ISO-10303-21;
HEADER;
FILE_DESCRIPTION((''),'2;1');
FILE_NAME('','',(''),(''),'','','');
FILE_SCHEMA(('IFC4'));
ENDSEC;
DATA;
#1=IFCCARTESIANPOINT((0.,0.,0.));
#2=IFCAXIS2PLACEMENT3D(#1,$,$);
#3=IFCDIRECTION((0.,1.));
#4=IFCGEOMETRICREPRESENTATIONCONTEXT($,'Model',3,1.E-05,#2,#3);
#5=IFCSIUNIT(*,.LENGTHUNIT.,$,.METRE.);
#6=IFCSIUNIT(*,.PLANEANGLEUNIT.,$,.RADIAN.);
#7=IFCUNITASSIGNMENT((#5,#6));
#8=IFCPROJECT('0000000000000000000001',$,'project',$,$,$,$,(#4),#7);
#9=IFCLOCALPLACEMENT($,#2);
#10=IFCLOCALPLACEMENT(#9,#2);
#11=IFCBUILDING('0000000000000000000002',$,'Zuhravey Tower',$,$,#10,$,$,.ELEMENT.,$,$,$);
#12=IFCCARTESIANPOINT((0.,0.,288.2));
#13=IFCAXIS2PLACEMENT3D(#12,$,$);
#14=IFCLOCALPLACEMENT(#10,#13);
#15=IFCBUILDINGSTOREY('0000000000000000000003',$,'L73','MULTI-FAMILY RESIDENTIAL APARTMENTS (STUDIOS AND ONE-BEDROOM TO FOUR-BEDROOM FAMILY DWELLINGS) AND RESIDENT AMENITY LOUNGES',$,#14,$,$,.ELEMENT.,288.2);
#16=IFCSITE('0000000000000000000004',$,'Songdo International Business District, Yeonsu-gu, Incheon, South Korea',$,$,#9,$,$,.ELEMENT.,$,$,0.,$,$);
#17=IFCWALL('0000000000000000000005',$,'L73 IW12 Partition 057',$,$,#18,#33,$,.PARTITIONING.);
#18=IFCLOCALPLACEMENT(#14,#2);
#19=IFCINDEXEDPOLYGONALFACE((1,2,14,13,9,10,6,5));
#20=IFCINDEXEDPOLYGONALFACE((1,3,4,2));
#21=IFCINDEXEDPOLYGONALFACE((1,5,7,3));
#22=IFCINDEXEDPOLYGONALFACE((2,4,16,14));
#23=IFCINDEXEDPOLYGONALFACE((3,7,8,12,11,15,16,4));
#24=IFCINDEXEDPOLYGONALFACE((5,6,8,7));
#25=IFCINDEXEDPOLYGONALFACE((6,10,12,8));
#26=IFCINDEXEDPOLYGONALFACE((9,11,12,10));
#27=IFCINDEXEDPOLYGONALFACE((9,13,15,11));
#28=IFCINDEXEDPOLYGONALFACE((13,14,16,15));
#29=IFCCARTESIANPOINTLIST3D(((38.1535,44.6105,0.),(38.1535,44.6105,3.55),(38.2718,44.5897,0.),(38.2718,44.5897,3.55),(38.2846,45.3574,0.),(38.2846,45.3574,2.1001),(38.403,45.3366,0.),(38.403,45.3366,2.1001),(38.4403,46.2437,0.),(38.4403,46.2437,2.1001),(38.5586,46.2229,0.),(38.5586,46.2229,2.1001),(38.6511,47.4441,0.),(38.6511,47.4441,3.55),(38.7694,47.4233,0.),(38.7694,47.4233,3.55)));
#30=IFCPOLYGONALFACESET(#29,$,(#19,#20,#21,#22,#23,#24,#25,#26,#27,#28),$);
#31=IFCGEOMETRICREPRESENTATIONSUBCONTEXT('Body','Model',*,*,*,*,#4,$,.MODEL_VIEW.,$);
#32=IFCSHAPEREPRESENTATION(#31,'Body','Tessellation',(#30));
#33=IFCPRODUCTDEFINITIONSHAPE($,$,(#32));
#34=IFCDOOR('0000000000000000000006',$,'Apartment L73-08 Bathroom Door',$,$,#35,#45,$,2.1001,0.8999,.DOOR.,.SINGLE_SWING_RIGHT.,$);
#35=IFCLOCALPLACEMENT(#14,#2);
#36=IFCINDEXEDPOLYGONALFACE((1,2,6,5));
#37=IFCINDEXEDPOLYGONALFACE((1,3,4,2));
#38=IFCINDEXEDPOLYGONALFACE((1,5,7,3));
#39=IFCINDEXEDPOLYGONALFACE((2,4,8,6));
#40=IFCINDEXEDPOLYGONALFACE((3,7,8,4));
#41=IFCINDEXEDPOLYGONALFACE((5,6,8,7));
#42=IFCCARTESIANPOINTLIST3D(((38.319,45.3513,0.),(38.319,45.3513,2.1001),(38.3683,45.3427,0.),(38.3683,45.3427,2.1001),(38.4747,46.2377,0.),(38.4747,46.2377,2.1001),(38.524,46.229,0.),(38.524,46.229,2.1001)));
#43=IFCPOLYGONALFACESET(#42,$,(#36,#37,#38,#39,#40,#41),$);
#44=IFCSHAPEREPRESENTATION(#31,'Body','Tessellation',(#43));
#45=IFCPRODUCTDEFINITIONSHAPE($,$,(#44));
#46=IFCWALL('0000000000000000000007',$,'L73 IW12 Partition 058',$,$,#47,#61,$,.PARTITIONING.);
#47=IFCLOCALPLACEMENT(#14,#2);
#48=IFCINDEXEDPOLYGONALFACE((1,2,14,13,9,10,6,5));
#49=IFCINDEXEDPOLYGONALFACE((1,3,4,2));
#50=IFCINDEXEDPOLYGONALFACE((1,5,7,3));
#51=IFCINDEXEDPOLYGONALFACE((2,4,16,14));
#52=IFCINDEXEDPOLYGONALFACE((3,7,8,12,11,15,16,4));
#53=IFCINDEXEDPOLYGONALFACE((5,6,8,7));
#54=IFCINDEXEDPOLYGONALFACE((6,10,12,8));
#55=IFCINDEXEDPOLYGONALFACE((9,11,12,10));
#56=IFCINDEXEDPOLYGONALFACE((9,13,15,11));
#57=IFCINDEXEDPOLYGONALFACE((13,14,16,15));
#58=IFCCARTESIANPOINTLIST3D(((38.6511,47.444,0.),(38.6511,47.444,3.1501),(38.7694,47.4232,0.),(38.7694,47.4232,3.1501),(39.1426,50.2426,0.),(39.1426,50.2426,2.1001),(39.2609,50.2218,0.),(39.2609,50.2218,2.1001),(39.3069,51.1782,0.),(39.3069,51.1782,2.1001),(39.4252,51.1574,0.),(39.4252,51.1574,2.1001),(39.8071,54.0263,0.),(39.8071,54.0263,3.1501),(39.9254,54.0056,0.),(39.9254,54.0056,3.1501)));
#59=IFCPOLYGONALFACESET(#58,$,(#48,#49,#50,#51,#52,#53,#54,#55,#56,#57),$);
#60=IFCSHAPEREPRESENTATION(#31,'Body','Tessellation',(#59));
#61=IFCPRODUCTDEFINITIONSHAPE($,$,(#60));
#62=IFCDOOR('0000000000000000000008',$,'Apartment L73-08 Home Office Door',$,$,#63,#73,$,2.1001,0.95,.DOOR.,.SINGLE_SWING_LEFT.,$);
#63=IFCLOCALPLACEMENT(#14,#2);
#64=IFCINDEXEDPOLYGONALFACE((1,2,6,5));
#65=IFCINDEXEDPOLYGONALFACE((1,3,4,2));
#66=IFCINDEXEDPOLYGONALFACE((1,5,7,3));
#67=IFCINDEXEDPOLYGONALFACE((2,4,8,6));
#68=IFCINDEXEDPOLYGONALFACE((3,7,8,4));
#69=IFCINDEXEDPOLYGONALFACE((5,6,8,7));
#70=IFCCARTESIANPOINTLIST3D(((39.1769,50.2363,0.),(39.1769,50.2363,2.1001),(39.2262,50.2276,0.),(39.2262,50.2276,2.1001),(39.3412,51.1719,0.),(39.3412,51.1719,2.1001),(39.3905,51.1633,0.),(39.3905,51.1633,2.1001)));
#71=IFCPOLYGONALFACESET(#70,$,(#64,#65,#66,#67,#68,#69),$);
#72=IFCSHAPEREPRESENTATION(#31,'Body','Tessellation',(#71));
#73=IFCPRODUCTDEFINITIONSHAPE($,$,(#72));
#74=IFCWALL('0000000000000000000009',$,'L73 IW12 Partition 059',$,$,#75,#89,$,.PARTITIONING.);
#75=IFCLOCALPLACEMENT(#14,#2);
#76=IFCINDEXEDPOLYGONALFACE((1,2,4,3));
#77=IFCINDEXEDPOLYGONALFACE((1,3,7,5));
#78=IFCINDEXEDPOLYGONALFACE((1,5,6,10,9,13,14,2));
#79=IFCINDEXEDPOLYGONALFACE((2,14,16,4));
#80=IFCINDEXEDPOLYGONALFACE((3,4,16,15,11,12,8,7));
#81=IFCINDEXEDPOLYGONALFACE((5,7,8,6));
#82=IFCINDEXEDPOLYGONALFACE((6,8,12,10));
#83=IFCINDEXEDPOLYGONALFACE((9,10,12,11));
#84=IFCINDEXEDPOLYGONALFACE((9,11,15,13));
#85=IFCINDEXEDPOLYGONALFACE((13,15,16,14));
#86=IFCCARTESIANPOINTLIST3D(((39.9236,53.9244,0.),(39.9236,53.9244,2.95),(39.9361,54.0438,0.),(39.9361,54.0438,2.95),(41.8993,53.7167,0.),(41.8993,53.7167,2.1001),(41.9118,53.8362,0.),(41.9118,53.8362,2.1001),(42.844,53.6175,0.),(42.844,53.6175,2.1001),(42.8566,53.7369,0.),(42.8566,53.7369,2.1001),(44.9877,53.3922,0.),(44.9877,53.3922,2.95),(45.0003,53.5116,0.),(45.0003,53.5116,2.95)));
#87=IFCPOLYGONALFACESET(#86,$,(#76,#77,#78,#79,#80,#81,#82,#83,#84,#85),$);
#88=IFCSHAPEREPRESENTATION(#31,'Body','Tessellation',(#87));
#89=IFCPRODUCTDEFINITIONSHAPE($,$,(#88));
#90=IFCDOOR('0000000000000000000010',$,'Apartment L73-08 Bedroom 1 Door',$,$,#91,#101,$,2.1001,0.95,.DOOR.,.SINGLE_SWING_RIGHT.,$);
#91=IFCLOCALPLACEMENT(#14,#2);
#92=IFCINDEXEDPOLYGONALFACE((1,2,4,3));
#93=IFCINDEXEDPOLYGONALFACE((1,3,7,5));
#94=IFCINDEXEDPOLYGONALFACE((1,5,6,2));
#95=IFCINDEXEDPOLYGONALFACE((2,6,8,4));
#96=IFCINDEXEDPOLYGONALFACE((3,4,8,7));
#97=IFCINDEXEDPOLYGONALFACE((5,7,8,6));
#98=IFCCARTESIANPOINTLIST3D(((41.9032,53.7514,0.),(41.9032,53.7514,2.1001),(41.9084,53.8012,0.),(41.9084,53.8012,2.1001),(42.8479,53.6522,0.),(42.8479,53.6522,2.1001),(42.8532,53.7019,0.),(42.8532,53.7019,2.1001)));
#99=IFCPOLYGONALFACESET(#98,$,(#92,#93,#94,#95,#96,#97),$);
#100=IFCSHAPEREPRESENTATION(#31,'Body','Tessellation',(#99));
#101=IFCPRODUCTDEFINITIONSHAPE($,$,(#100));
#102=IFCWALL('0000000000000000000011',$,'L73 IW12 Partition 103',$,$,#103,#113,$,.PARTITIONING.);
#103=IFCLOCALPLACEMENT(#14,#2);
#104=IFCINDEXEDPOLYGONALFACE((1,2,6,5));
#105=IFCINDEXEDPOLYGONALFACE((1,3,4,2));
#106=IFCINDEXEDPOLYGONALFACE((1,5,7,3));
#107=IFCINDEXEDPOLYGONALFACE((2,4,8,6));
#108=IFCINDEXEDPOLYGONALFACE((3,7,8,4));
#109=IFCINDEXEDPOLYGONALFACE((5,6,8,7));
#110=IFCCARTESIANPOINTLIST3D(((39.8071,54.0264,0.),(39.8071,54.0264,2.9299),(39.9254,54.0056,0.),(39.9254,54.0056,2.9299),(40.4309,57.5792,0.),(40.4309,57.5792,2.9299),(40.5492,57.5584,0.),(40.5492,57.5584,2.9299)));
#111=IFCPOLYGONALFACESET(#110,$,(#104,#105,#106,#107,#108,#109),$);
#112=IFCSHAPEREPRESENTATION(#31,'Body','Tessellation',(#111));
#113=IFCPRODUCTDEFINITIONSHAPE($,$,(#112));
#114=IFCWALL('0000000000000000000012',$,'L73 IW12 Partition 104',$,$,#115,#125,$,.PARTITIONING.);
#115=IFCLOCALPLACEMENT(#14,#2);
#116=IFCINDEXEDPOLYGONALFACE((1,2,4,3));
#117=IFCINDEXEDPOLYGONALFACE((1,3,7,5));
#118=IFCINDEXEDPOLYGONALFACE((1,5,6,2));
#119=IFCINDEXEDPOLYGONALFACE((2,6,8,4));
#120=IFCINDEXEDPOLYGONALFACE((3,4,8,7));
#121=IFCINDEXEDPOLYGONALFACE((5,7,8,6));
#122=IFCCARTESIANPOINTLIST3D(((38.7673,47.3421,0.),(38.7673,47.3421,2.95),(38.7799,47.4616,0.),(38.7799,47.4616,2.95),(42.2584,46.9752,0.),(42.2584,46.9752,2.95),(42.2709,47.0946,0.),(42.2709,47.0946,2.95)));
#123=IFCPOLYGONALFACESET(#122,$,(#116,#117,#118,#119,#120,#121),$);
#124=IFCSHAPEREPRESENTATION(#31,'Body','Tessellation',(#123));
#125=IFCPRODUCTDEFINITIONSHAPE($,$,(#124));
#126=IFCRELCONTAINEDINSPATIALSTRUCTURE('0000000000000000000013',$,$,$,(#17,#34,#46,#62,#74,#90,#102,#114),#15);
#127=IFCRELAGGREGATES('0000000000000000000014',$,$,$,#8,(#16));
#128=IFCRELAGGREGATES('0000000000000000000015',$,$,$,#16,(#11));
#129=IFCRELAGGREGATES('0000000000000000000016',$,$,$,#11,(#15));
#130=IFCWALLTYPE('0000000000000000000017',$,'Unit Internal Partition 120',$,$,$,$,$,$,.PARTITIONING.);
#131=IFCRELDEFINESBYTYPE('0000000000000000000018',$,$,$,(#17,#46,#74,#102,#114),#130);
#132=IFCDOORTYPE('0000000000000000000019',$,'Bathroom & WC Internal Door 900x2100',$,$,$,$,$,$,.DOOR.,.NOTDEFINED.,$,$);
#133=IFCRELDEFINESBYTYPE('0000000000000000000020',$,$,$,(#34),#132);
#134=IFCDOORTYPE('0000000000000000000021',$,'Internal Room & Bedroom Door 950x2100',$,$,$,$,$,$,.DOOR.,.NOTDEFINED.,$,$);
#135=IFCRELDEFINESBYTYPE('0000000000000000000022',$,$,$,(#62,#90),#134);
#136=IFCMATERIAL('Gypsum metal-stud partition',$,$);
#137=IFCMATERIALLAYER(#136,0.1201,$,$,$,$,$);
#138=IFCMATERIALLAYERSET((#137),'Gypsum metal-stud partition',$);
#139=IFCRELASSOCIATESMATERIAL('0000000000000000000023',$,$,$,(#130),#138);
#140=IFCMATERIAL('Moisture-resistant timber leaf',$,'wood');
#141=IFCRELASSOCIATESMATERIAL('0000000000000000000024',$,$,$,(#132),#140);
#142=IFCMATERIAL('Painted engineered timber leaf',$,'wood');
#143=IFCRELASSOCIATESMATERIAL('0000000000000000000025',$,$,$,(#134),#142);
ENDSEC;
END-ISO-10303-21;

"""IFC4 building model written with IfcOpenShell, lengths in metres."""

from ifc_helpers import new_model, si_unit, direction, frame, frame_2d, origin, place, context, subcontext, project, spatial, rectangle, extrude, material, layer, layer_set, type_object, element, fill, save


model = new_model("IFC4")

# Units and contexts
model_context = context("Model", 3, precision=1e-05, world=origin(), true_north=direction((0.0, 1.0)))
body_context = subcontext(model_context, "Body", "Model", "MODEL_VIEW")
ifc_project = project(units=[si_unit("LENGTHUNIT", "METRE"), si_unit("PLANEANGLEUNIT", "RADIAN")], contexts=[model_context])

# Site, building, storey
site_placement = place(None, origin())
site = spatial("IfcSite", under=ifc_project, at=site_placement, Name="Songdo International Business District, Yeonsu-gu, Incheon, South Korea", CompositionType="ELEMENT", RefElevation=0.0)
building_placement = place(site_placement, origin())
building = spatial("IfcBuilding", under=site, at=building_placement, Name="Zuhravey Tower", CompositionType="ELEMENT")
storey_placement = place(building_placement, frame((0.0, 0.0, 288.2)))
storey = spatial("IfcBuildingStorey", under=building, at=storey_placement, Name="L73", Description="MULTI-FAMILY RESIDENTIAL APARTMENTS (STUDIOS AND ONE-BEDROOM TO FOUR-BEDROOM FAMILY DWELLINGS) AND RESIDENT AMENITY LOUNGES", CompositionType="ELEMENT", Elevation=288.2)

# Walls, openings, doors
ifc_material_1 = material(Name="Gypsum metal-stud partition")
ifc_layer_1 = layer(ifc_material_1, 0.1201)
ifc_layer_set_1 = layer_set([ifc_layer_1], Name="Gypsum metal-stud partition")
wall_type_1 = type_object("IfcWallType", Name="Unit Internal Partition 120", PredefinedType="PARTITIONING", material=ifc_layer_set_1)
ifc_material_2 = material(Name="Moisture-resistant timber leaf", Category="wood")
door_type_1 = type_object("IfcDoorType", Name="Bathroom & WC Internal Door 900x2100", OperationType="NOTDEFINED", PredefinedType="DOOR", material=ifc_material_2)
wall_1_placement = place(storey_placement, frame((38.2126, 44.6001, 0.0), z_axis=(0.0, 0.0, 1.0), x_axis=(0.172953, 0.98493, 0.0)))
wall_1 = element("IfcWall", 1, at=wall_1_placement, inside=storey, type_object=wall_type_1, Name="L73 IW12 Partition 057", PredefinedType="PARTITIONING", context=body_context, shape_type="SweptSolid", body=[
    extrude(rectangle(XDim=2.877, YDim=0.1201, at=frame_2d((1.4385, 0.0))), origin(), (0.0, 0.0, 1.0), 3.55),
])
opening_1_placement = place(wall_1_placement, frame((0.7583, 0.0, 0.0)))
opening_1 = element("IfcOpeningElement", 2, at=opening_1_placement, cuts=wall_1, PredefinedType="OPENING", context=body_context, shape_type="SweptSolid", body=[
    extrude(rectangle(XDim=0.8999, YDim=2.1001, at=frame_2d((0.45, 1.05))), frame((0.0, 0.072, 0.0), z_axis=(0.0, -1.0, 0.0), x_axis=(1.0, 0.0, 0.0)), (0.0, 0.0, 1.0), 0.144),
])
door_1_placement = place(opening_1_placement, frame((0.8999, 0.0, 0.0), z_axis=(0.0, 0.0, 1.0), x_axis=(-1.0, 0.0, 0.0)))
door_1 = element("IfcDoor", 3, at=door_1_placement, inside=storey, type_object=door_type_1, Name="Apartment L73-08 Bathroom Door", OperationType="SINGLE_SWING_RIGHT", OverallHeight=2.1001, OverallWidth=0.8999, PredefinedType="DOOR", context=body_context, shape_type="SweptSolid", body=[
    extrude(rectangle(XDim=0.8999, YDim=2.1001, at=frame_2d((0.45, 1.05))), frame((0.0, 0.0249, 0.0), z_axis=(0.0, -1.0, 0.0), x_axis=(1.0, 0.0, 0.0)), (0.0, 0.0, 1.0), 0.05),
])
fill(opening_1, door_1)
wall_2_placement = place(storey_placement, frame((38.7102, 47.4336, 0.0), z_axis=(0.0, 0.0, 1.0), x_axis=(0.172977, 0.984926, 0.0)))
wall_2 = element("IfcWall", 4, at=wall_2_placement, inside=storey, type_object=wall_type_1, Name="L73 IW12 Partition 058", PredefinedType="PARTITIONING", context=body_context, shape_type="SweptSolid", body=[
    extrude(rectangle(XDim=6.6831, YDim=0.1201, at=frame_2d((3.3416, 0.0))), origin(), (0.0, 0.0, 1.0), 3.1501),
])
opening_2_placement = place(wall_2_placement, frame((2.8413, 0.0, 0.0)))
opening_2 = element("IfcOpeningElement", 5, at=opening_2_placement, cuts=wall_2, PredefinedType="OPENING", context=body_context, shape_type="SweptSolid", body=[
    extrude(rectangle(XDim=0.95, YDim=2.1001, at=frame_2d((0.4751, 1.05))), frame((0.0, 0.072, 0.0), z_axis=(0.0, -1.0, 0.0), x_axis=(1.0, 0.0, 0.0)), (0.0, 0.0, 1.0), 0.144),
])
ifc_material_3 = material(Name="Painted engineered timber leaf", Category="wood")
door_type_2 = type_object("IfcDoorType", Name="Internal Room & Bedroom Door 950x2100", OperationType="NOTDEFINED", PredefinedType="DOOR", material=ifc_material_3)
door_2_placement = place(opening_2_placement, frame((0.95, 0.0, 0.0), z_axis=(0.0, 0.0, 1.0), x_axis=(-1.0, 0.0, 0.0)))
door_2 = element("IfcDoor", 6, at=door_2_placement, inside=storey, type_object=door_type_2, Name="Apartment L73-08 Home Office Door", OperationType="SINGLE_SWING_LEFT", OverallHeight=2.1001, OverallWidth=0.95, PredefinedType="DOOR", context=body_context, shape_type="SweptSolid", body=[
    extrude(rectangle(XDim=0.95, YDim=2.1001, at=frame_2d((0.4751, 1.05))), frame((0.0, 0.0249, 0.0), z_axis=(0.0, -1.0, 0.0), x_axis=(1.0, 0.0, 0.0)), (0.0, 0.0, 1.0), 0.05),
])
fill(opening_2, door_2)
wall_3_placement = place(storey_placement, frame((44.9939, 53.4519, 0.0), z_axis=(0.0, 0.0, 1.0), x_axis=(-0.994523, 0.10452, 0.0)))
wall_3 = element("IfcWall", 7, at=wall_3_placement, inside=storey, type_object=wall_type_1, Name="L73 IW12 Partition 059", PredefinedType="PARTITIONING", context=body_context, shape_type="SweptSolid", body=[
    extrude(rectangle(XDim=5.092, YDim=0.1201, at=frame_2d((2.5459, 0.0))), origin(), (0.0, 0.0, 1.0), 2.95),
])
opening_3_placement = place(wall_3_placement, frame((2.1553, 0.0, 0.0)))
opening_3 = element("IfcOpeningElement", 8, at=opening_3_placement, cuts=wall_3, PredefinedType="OPENING", context=body_context, shape_type="SweptSolid", body=[
    extrude(rectangle(XDim=0.95, YDim=2.1001, at=frame_2d((0.4751, 1.05))), frame((0.0, 0.072, 0.0), z_axis=(0.0, -1.0, 0.0), x_axis=(1.0, 0.0, 0.0)), (0.0, 0.0, 1.0), 0.144),
])
door_3_placement = place(opening_3_placement, frame((0.95, 0.0, 0.0), z_axis=(0.0, 0.0, 1.0), x_axis=(-1.0, 0.0, 0.0)))
door_3 = element("IfcDoor", 9, at=door_3_placement, inside=storey, type_object=door_type_2, Name="Apartment L73-08 Bedroom 1 Door", OperationType="SINGLE_SWING_RIGHT", OverallHeight=2.1001, OverallWidth=0.95, PredefinedType="DOOR", context=body_context, shape_type="SweptSolid", body=[
    extrude(rectangle(XDim=0.95, YDim=2.1001, at=frame_2d((0.4751, 1.05))), frame((0.0, 0.0249, 0.0), z_axis=(0.0, -1.0, 0.0), x_axis=(1.0, 0.0, 0.0)), (0.0, 0.0, 1.0), 0.05),
])
fill(opening_3, door_3)

# Walls
wall_4_placement = place(storey_placement, frame((39.8662, 54.0159, 0.0), z_axis=(0.0, 0.0, 1.0), x_axis=(0.172932, 0.984934, 0.0)))
element("IfcWall", 10, at=wall_4_placement, inside=storey, type_object=wall_type_1, Name="L73 IW12 Partition 103", PredefinedType="PARTITIONING", context=body_context, shape_type="SweptSolid", body=[
    extrude(rectangle(XDim=3.6072, YDim=0.1201, at=frame_2d((1.8037, 0.0))), origin(), (0.0, 0.0, 1.0), 2.9299),
])
wall_5_placement = place(storey_placement, frame((42.2646, 47.0349, 0.0), z_axis=(0.0, 0.0, 1.0), x_axis=(-0.994521, 0.104536, 0.0)))
element("IfcWall", 11, at=wall_5_placement, inside=storey, type_object=wall_type_1, Name="L73 IW12 Partition 104", PredefinedType="PARTITIONING", context=body_context, shape_type="SweptSolid", body=[
    extrude(rectangle(XDim=3.5103, YDim=0.1201, at=frame_2d((1.7551, 0.0))), origin(), (0.0, 0.0, 1.0), 2.95),
])

save(model, "model.ifc")
